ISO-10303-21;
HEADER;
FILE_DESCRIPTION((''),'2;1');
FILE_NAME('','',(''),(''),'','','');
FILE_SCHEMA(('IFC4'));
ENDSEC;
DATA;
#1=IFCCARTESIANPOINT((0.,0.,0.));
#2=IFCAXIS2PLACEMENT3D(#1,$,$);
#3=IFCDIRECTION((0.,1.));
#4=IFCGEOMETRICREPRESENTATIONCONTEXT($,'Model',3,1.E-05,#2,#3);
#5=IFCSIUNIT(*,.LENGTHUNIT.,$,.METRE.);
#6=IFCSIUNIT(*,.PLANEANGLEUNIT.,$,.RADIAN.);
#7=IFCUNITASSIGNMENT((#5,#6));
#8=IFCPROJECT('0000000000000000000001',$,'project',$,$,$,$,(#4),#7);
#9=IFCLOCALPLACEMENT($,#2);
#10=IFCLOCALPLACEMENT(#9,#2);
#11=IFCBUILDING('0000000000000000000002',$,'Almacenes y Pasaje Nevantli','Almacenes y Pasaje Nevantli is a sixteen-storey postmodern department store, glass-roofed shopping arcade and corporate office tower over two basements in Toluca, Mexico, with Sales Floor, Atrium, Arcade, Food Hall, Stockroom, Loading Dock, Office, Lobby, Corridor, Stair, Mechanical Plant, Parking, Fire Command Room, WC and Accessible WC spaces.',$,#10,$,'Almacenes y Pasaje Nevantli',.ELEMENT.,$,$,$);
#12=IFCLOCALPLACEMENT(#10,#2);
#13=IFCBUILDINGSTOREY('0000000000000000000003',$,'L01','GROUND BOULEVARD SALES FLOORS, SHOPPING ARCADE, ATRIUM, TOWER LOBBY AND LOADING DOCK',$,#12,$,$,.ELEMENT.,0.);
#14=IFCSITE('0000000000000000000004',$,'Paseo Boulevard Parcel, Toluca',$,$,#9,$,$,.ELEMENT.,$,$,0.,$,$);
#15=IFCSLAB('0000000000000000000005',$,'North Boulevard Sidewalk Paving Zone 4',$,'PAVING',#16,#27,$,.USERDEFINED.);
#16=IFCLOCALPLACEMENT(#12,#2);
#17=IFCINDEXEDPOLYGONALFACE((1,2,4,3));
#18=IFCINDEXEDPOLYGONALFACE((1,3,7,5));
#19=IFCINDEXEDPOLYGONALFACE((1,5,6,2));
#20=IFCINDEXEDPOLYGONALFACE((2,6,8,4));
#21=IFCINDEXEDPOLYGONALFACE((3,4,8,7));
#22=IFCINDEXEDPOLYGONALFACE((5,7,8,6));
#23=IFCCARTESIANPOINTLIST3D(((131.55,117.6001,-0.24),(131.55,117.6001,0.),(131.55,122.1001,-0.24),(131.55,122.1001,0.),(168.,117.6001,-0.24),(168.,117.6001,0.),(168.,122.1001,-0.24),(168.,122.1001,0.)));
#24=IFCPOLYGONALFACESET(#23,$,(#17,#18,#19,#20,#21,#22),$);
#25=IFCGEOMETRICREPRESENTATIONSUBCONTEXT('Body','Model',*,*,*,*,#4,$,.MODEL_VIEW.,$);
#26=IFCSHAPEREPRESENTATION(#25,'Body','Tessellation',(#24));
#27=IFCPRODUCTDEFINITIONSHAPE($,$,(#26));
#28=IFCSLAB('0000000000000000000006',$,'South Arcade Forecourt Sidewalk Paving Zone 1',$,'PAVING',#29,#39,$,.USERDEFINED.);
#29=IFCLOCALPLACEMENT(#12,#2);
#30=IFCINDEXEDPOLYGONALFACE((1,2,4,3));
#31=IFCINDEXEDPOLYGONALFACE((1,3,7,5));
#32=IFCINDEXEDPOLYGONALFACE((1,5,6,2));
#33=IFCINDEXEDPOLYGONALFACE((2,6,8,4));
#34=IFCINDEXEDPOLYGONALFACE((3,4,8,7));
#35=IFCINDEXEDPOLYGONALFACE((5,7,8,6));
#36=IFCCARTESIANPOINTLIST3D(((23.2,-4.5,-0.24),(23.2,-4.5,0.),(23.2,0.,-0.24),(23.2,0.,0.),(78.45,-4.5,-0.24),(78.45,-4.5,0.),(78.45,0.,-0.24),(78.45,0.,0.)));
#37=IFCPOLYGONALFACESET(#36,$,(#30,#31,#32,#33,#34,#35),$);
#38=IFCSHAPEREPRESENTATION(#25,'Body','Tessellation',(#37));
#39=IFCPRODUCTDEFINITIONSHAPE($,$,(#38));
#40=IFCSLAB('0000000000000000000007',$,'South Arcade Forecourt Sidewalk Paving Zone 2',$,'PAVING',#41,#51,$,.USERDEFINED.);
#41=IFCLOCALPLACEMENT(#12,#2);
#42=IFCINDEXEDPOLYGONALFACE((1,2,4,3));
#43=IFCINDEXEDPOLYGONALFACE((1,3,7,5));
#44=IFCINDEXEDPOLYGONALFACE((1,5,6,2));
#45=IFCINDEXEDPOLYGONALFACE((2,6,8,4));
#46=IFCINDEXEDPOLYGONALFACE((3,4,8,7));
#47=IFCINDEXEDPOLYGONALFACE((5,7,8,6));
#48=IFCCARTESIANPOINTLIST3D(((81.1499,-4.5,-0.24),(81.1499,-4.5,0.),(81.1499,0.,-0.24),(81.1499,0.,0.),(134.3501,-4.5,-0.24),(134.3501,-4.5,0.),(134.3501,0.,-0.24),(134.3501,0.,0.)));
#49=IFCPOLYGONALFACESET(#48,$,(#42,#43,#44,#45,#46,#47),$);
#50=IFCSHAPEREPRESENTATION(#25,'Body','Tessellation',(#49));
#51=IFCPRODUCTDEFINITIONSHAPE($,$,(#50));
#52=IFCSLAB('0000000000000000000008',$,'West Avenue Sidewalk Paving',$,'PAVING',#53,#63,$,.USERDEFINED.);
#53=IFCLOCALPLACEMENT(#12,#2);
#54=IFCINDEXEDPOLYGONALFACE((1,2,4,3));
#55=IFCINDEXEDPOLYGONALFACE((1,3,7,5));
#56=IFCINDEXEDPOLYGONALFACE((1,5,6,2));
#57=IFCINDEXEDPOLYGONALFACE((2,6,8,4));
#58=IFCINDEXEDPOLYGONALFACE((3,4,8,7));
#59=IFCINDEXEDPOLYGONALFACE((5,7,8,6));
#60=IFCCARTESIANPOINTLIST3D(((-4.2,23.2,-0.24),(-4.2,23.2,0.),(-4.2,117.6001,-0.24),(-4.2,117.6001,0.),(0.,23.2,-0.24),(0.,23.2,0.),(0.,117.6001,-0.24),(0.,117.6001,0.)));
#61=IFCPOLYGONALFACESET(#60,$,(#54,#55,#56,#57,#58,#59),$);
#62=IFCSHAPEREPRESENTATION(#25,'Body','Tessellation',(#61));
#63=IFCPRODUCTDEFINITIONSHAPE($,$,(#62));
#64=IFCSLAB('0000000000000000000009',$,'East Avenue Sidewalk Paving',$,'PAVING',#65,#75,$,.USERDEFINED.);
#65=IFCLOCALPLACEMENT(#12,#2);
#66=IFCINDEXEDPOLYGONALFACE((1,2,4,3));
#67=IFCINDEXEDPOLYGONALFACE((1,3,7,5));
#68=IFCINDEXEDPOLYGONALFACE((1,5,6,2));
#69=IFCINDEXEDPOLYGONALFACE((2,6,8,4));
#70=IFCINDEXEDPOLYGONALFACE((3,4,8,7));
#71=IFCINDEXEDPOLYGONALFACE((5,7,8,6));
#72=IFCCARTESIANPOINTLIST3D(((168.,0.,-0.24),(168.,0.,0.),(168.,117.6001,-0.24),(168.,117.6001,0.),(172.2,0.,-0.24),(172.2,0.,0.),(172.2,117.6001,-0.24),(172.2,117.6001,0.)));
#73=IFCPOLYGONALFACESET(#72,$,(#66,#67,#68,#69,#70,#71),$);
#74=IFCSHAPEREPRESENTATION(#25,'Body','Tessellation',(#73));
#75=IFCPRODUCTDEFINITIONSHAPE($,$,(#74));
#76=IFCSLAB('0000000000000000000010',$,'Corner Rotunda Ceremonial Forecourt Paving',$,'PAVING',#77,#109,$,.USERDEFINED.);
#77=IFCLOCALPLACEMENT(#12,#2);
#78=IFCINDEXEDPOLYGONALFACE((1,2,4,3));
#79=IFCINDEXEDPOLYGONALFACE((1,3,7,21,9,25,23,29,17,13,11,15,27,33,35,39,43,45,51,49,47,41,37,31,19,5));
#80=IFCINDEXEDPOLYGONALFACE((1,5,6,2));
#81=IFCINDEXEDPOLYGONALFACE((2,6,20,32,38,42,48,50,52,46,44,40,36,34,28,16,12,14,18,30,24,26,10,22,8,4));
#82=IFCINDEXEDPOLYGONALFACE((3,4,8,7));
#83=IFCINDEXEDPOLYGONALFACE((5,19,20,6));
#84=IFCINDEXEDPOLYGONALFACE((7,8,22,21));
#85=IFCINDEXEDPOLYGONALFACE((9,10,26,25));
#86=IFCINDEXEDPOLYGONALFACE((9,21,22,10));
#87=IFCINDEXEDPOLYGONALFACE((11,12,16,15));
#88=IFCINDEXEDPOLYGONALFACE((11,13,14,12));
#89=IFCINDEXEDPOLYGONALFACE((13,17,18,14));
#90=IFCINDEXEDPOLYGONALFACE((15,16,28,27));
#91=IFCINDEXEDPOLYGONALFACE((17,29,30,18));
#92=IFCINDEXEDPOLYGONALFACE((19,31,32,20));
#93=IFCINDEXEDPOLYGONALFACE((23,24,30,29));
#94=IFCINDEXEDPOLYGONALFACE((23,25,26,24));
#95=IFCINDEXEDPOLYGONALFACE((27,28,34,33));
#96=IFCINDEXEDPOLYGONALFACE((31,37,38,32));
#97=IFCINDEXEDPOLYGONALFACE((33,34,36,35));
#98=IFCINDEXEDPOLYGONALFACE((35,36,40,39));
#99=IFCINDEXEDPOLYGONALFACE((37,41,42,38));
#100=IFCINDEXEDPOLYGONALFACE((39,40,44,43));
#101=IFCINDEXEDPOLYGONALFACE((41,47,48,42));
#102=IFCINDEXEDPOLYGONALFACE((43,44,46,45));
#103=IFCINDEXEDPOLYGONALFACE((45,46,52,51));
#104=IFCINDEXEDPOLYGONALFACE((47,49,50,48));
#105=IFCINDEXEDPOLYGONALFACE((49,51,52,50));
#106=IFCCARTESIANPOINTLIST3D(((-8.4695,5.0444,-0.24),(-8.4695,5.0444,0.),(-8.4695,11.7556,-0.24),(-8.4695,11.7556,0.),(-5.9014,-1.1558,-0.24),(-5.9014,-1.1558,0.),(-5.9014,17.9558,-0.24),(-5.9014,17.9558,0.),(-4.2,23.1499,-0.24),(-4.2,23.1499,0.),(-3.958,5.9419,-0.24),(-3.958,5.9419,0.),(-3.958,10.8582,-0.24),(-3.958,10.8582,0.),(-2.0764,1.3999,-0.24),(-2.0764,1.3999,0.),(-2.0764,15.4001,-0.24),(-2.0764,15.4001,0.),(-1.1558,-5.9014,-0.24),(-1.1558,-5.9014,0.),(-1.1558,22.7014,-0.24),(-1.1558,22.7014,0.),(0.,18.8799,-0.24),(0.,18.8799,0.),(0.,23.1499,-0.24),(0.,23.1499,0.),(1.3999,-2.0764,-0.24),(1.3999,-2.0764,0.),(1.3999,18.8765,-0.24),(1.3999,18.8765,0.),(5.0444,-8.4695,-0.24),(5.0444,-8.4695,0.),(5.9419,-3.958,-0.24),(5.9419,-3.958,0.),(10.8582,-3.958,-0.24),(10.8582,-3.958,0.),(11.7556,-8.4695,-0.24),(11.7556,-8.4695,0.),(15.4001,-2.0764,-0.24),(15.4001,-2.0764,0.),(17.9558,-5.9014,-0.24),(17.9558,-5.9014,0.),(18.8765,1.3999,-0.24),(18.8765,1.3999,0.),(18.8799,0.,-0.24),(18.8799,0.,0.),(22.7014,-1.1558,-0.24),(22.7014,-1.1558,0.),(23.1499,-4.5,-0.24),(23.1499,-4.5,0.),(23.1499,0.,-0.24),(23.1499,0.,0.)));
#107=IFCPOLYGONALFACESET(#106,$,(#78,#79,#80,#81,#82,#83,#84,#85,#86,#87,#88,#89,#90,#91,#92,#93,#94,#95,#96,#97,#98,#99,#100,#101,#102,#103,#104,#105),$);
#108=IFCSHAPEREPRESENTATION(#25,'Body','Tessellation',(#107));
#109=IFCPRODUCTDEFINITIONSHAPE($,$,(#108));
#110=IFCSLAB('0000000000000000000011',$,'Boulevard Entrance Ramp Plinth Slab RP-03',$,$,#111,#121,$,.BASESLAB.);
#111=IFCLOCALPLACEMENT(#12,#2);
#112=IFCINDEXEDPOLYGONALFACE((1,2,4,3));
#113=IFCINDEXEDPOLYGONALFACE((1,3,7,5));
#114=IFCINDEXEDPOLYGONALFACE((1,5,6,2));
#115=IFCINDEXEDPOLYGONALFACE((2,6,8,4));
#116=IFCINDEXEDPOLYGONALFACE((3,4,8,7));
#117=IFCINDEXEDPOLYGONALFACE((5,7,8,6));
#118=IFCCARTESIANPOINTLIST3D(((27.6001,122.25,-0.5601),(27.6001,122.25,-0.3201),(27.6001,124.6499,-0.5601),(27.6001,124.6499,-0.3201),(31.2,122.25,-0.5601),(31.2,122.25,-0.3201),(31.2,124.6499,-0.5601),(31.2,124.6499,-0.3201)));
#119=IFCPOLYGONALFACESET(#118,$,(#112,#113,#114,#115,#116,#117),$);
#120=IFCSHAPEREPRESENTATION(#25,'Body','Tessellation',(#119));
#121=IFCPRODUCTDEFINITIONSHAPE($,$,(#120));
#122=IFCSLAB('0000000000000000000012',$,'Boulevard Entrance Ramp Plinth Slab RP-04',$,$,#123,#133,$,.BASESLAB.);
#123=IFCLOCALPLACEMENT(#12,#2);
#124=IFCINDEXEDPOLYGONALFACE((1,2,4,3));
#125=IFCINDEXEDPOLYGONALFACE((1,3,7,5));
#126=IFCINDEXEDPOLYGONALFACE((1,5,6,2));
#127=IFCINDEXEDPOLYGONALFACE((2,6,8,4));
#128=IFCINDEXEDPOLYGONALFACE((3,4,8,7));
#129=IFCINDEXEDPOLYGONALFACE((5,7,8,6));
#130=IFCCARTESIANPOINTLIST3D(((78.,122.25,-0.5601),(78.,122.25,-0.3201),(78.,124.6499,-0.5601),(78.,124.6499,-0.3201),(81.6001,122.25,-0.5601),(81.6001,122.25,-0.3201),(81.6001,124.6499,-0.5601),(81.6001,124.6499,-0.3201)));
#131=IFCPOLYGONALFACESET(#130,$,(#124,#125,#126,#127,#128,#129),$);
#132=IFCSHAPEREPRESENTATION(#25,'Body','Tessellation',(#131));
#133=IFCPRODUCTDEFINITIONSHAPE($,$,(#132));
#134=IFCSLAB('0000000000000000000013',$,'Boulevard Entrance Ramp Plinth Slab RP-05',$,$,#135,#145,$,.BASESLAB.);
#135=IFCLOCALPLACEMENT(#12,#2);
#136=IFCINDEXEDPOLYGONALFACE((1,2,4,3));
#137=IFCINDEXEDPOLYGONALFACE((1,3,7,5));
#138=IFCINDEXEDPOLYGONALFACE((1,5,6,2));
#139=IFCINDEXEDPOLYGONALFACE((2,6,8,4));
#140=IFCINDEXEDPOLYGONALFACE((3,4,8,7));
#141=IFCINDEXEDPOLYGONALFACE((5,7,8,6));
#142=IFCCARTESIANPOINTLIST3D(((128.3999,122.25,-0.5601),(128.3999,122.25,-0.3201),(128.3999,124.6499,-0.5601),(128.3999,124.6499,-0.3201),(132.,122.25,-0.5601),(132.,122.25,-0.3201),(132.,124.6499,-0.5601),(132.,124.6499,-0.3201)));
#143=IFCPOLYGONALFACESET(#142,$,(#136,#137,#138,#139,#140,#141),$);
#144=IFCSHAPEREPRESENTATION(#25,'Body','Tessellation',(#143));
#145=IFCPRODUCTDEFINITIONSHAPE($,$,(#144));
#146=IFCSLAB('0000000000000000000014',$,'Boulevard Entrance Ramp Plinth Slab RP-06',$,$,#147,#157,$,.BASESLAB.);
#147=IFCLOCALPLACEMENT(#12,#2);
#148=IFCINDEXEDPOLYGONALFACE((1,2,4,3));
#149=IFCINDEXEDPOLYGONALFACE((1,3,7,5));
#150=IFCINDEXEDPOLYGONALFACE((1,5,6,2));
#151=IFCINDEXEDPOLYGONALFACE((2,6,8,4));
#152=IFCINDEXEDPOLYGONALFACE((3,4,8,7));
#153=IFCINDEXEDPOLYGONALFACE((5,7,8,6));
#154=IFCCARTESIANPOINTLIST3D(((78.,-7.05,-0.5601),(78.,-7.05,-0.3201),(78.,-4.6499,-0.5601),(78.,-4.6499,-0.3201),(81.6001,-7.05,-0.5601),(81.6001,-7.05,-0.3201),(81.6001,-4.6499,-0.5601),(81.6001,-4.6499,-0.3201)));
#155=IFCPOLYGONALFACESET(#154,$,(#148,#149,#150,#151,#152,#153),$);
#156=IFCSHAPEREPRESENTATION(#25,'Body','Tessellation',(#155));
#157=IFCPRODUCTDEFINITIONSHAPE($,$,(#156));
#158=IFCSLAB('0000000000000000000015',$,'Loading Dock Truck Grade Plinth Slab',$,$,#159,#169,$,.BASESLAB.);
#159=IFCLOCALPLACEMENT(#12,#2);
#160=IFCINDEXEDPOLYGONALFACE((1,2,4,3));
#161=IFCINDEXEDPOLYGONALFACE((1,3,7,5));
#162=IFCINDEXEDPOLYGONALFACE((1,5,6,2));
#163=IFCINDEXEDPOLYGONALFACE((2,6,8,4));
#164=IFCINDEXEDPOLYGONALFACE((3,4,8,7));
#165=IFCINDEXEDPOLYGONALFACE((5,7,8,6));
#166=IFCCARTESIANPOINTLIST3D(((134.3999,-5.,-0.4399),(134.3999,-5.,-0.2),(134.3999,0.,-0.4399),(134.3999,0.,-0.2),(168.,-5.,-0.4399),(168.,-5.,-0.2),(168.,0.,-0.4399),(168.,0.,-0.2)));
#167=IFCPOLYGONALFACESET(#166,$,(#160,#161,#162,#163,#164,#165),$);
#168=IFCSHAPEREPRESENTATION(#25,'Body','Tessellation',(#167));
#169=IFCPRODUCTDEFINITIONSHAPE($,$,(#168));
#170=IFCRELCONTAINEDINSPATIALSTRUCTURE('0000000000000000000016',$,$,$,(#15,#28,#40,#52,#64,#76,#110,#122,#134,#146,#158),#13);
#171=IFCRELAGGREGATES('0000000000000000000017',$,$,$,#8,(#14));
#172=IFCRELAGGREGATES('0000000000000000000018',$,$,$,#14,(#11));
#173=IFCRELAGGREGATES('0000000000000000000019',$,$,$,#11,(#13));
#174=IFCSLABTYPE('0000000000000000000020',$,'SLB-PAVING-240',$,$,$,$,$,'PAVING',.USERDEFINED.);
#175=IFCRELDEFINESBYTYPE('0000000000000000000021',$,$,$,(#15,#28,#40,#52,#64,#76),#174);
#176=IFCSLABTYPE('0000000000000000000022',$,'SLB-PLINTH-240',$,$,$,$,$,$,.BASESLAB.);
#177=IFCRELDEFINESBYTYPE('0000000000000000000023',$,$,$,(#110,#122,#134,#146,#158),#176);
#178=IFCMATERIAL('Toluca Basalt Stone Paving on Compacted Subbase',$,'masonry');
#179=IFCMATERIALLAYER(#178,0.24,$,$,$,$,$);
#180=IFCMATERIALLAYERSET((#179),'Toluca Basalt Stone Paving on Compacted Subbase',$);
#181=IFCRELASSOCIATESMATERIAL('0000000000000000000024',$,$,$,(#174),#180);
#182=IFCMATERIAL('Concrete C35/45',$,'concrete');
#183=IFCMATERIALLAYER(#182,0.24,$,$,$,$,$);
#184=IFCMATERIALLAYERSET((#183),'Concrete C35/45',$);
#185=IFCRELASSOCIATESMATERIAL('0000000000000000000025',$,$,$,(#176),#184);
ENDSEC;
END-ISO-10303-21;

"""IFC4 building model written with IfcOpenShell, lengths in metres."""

from ifc_helpers import new_model, si_unit, direction, frame, origin, place, context, subcontext, project, spatial, polyline, outline, extrude, material, layer, layer_set, type_object, element, save


model = new_model("IFC4")

# Units and contexts
model_context = context("Model", 3, precision=1e-05, world=origin(), true_north=direction((0.0, 1.0)))
body_context = subcontext(model_context, "Body", "Model", "MODEL_VIEW")
ifc_project = project(units=[si_unit("LENGTHUNIT", "METRE"), si_unit("PLANEANGLEUNIT", "RADIAN")], contexts=[model_context])

# Site, building, storey
site_placement = place(None, origin())
site = spatial("IfcSite", under=ifc_project, at=site_placement, Name="Paseo Boulevard Parcel, Toluca", CompositionType="ELEMENT", RefElevation=0.0)
building_placement = place(site_placement, origin())
building = spatial("IfcBuilding", under=site, at=building_placement, Name="Almacenes y Pasaje Nevantli", Description="Almacenes y Pasaje Nevantli is a sixteen-storey postmodern department store, glass-roofed shopping arcade and corporate office tower over two basements in Toluca, Mexico, with Sales Floor, Atrium, Arcade, Food Hall, Stockroom, Loading Dock, Office, Lobby, Corridor, Stair, Mechanical Plant, Parking, Fire Command Room, WC and Accessible WC spaces.", LongName="Almacenes y Pasaje Nevantli", CompositionType="ELEMENT")
storey_placement = place(building_placement, origin())
storey = spatial("IfcBuildingStorey", under=building, at=storey_placement, Name="L01", Description="GROUND BOULEVARD SALES FLOORS, SHOPPING ARCADE, ATRIUM, TOWER LOBBY AND LOADING DOCK", CompositionType="ELEMENT", Elevation=0.0)

# Slabs
ifc_material_1 = material(Name="Toluca Basalt Stone Paving on Compacted Subbase", Category="masonry")
ifc_layer_1 = layer(ifc_material_1, 0.24)
ifc_layer_set_1 = layer_set([ifc_layer_1], Name="Toluca Basalt Stone Paving on Compacted Subbase")
slab_type_1 = type_object("IfcSlabType", Name="SLB-PAVING-240", ElementType="PAVING", PredefinedType="USERDEFINED", material=ifc_layer_set_1)
slab_1_placement = place(storey_placement, frame((0.0, 0.0, -0.24)))
element("IfcSlab", 1, at=slab_1_placement, inside=storey, type_object=slab_type_1, Name="North Boulevard Sidewalk Paving Zone 4", ObjectType="PAVING", PredefinedType="USERDEFINED", context=body_context, shape_type="SweptSolid", body=[
    extrude(outline(polyline([(131.55, 117.6001), (168.0, 117.6001), (168.0, 122.1001), (131.55, 122.1001), (131.55, 117.6001)])), origin(), (0.0, 0.0, 1.0), 0.24),
])
slab_2_placement = place(storey_placement, frame((0.0, 0.0, -0.24)))
element("IfcSlab", 2, at=slab_2_placement, inside=storey, type_object=slab_type_1, Name="South Arcade Forecourt Sidewalk Paving Zone 1", ObjectType="PAVING", PredefinedType="USERDEFINED", context=body_context, shape_type="SweptSolid", body=[
    extrude(outline(polyline([(23.2, -4.5), (78.45, -4.5), (78.45, 0.0), (23.2, 0.0), (23.2, -4.5)])), origin(), (0.0, 0.0, 1.0), 0.24),
])
slab_3_placement = place(storey_placement, frame((0.0, 0.0, -0.24)))
element("IfcSlab", 3, at=slab_3_placement, inside=storey, type_object=slab_type_1, Name="South Arcade Forecourt Sidewalk Paving Zone 2", ObjectType="PAVING", PredefinedType="USERDEFINED", context=body_context, shape_type="SweptSolid", body=[
    extrude(outline(polyline([(81.1499, -4.5), (134.3501, -4.5), (134.3501, 0.0), (81.1499, 0.0), (81.1499, -4.5)])), origin(), (0.0, 0.0, 1.0), 0.24),
])
slab_4_placement = place(storey_placement, frame((0.0, 0.0, -0.24)))
element("IfcSlab", 4, at=slab_4_placement, inside=storey, type_object=slab_type_1, Name="West Avenue Sidewalk Paving", ObjectType="PAVING", PredefinedType="USERDEFINED", context=body_context, shape_type="SweptSolid", body=[
    extrude(outline(polyline([(-4.2, 23.2), (0.0, 23.2), (0.0, 117.6001), (-4.2, 117.6001), (-4.2, 23.2)])), origin(), (0.0, 0.0, 1.0), 0.24),
])
slab_5_placement = place(storey_placement, frame((0.0, 0.0, -0.24)))
element("IfcSlab", 5, at=slab_5_placement, inside=storey, type_object=slab_type_1, Name="East Avenue Sidewalk Paving", ObjectType="PAVING", PredefinedType="USERDEFINED", context=body_context, shape_type="SweptSolid", body=[
    extrude(outline(polyline([(168.0, 0.0), (172.2, 0.0), (172.2, 117.6001), (168.0, 117.6001), (168.0, 0.0)])), origin(), (0.0, 0.0, 1.0), 0.24),
])
slab_6_placement = place(storey_placement, frame((0.0, 0.0, -0.24)))
element("IfcSlab", 6, at=slab_6_placement, inside=storey, type_object=slab_type_1, Name="Corner Rotunda Ceremonial Forecourt Paving", ObjectType="PAVING", PredefinedType="USERDEFINED", context=body_context, shape_type="SweptSolid", body=[
    extrude(outline(polyline([(0.0, 18.8799), (0.0, 23.1499), (-4.2, 23.1499), (-1.1558, 22.7014), (-5.9014, 17.9558), (-8.4695, 11.7556), (-8.4695, 5.0444), (-5.9014, -1.1558), (-1.1558, -5.9014), (5.0444, -8.4695), (11.7556, -8.4695), (17.9558, -5.9014), (22.7014, -1.1558), (23.1499, -4.5), (23.1499, 0.0), (18.8799, 0.0), (18.8765, 1.3999), (15.4001, -2.0764), (10.8582, -3.958), (5.9419, -3.958), (1.3999, -2.0764), (-2.0764, 1.3999), (-3.958, 5.9419), (-3.958, 10.8582), (-2.0764, 15.4001), (1.3999, 18.8765), (0.0, 18.8799)])), origin(), (0.0, 0.0, 1.0), 0.24),
])
ifc_material_2 = material(Name="Concrete C35/45", Category="concrete")
ifc_layer_2 = layer(ifc_material_2, 0.24)
ifc_layer_set_2 = layer_set([ifc_layer_2], Name="Concrete C35/45")
slab_type_2 = type_object("IfcSlabType", Name="SLB-PLINTH-240", PredefinedType="BASESLAB", material=ifc_layer_set_2)
slab_7_placement = place(storey_placement, frame((0.0, 0.0, -0.5601)))
element("IfcSlab", 7, at=slab_7_placement, inside=storey, type_object=slab_type_2, Name="Boulevard Entrance Ramp Plinth Slab RP-03", PredefinedType="BASESLAB", context=body_context, shape_type="SweptSolid", body=[
    extrude(outline(polyline([(27.6001, 122.25), (31.2, 122.25), (31.2, 124.6499), (27.6001, 124.6499), (27.6001, 122.25)])), origin(), (0.0, 0.0, 1.0), 0.24),
])
slab_8_placement = place(storey_placement, frame((0.0, 0.0, -0.5601)))
element("IfcSlab", 8, at=slab_8_placement, inside=storey, type_object=slab_type_2, Name="Boulevard Entrance Ramp Plinth Slab RP-04", PredefinedType="BASESLAB", context=body_context, shape_type="SweptSolid", body=[
    extrude(outline(polyline([(78.0, 122.25), (81.6001, 122.25), (81.6001, 124.6499), (78.0, 124.6499), (78.0, 122.25)])), origin(), (0.0, 0.0, 1.0), 0.24),
])
slab_9_placement = place(storey_placement, frame((0.0, 0.0, -0.5601)))
element("IfcSlab", 9, at=slab_9_placement, inside=storey, type_object=slab_type_2, Name="Boulevard Entrance Ramp Plinth Slab RP-05", PredefinedType="BASESLAB", context=body_context, shape_type="SweptSolid", body=[
    extrude(outline(polyline([(128.3999, 122.25), (132.0, 122.25), (132.0, 124.6499), (128.3999, 124.6499), (128.3999, 122.25)])), origin(), (0.0, 0.0, 1.0), 0.24),
])
slab_10_placement = place(storey_placement, frame((0.0, 0.0, -0.5601)))
element("IfcSlab", 10, at=slab_10_placement, inside=storey, type_object=slab_type_2, Name="Boulevard Entrance Ramp Plinth Slab RP-06", PredefinedType="BASESLAB", context=body_context, shape_type="SweptSolid", body=[
    extrude(outline(polyline([(78.0, -7.05), (81.6001, -7.05), (81.6001, -4.6499), (78.0, -4.6499), (78.0, -7.05)])), origin(), (0.0, 0.0, 1.0), 0.24),
])
slab_11_placement = place(storey_placement, frame((0.0, 0.0, -0.4399)))
element("IfcSlab", 11, at=slab_11_placement, inside=storey, type_object=slab_type_2, Name="Loading Dock Truck Grade Plinth Slab", PredefinedType="BASESLAB", context=body_context, shape_type="SweptSolid", body=[
    extrude(outline(polyline([(134.3999, -5.0), (168.0, -5.0), (168.0, 0.0), (134.3999, 0.0), (134.3999, -5.0)])), origin(), (0.0, 0.0, 1.0), 0.24),
])

save(model, "model.ifc")
